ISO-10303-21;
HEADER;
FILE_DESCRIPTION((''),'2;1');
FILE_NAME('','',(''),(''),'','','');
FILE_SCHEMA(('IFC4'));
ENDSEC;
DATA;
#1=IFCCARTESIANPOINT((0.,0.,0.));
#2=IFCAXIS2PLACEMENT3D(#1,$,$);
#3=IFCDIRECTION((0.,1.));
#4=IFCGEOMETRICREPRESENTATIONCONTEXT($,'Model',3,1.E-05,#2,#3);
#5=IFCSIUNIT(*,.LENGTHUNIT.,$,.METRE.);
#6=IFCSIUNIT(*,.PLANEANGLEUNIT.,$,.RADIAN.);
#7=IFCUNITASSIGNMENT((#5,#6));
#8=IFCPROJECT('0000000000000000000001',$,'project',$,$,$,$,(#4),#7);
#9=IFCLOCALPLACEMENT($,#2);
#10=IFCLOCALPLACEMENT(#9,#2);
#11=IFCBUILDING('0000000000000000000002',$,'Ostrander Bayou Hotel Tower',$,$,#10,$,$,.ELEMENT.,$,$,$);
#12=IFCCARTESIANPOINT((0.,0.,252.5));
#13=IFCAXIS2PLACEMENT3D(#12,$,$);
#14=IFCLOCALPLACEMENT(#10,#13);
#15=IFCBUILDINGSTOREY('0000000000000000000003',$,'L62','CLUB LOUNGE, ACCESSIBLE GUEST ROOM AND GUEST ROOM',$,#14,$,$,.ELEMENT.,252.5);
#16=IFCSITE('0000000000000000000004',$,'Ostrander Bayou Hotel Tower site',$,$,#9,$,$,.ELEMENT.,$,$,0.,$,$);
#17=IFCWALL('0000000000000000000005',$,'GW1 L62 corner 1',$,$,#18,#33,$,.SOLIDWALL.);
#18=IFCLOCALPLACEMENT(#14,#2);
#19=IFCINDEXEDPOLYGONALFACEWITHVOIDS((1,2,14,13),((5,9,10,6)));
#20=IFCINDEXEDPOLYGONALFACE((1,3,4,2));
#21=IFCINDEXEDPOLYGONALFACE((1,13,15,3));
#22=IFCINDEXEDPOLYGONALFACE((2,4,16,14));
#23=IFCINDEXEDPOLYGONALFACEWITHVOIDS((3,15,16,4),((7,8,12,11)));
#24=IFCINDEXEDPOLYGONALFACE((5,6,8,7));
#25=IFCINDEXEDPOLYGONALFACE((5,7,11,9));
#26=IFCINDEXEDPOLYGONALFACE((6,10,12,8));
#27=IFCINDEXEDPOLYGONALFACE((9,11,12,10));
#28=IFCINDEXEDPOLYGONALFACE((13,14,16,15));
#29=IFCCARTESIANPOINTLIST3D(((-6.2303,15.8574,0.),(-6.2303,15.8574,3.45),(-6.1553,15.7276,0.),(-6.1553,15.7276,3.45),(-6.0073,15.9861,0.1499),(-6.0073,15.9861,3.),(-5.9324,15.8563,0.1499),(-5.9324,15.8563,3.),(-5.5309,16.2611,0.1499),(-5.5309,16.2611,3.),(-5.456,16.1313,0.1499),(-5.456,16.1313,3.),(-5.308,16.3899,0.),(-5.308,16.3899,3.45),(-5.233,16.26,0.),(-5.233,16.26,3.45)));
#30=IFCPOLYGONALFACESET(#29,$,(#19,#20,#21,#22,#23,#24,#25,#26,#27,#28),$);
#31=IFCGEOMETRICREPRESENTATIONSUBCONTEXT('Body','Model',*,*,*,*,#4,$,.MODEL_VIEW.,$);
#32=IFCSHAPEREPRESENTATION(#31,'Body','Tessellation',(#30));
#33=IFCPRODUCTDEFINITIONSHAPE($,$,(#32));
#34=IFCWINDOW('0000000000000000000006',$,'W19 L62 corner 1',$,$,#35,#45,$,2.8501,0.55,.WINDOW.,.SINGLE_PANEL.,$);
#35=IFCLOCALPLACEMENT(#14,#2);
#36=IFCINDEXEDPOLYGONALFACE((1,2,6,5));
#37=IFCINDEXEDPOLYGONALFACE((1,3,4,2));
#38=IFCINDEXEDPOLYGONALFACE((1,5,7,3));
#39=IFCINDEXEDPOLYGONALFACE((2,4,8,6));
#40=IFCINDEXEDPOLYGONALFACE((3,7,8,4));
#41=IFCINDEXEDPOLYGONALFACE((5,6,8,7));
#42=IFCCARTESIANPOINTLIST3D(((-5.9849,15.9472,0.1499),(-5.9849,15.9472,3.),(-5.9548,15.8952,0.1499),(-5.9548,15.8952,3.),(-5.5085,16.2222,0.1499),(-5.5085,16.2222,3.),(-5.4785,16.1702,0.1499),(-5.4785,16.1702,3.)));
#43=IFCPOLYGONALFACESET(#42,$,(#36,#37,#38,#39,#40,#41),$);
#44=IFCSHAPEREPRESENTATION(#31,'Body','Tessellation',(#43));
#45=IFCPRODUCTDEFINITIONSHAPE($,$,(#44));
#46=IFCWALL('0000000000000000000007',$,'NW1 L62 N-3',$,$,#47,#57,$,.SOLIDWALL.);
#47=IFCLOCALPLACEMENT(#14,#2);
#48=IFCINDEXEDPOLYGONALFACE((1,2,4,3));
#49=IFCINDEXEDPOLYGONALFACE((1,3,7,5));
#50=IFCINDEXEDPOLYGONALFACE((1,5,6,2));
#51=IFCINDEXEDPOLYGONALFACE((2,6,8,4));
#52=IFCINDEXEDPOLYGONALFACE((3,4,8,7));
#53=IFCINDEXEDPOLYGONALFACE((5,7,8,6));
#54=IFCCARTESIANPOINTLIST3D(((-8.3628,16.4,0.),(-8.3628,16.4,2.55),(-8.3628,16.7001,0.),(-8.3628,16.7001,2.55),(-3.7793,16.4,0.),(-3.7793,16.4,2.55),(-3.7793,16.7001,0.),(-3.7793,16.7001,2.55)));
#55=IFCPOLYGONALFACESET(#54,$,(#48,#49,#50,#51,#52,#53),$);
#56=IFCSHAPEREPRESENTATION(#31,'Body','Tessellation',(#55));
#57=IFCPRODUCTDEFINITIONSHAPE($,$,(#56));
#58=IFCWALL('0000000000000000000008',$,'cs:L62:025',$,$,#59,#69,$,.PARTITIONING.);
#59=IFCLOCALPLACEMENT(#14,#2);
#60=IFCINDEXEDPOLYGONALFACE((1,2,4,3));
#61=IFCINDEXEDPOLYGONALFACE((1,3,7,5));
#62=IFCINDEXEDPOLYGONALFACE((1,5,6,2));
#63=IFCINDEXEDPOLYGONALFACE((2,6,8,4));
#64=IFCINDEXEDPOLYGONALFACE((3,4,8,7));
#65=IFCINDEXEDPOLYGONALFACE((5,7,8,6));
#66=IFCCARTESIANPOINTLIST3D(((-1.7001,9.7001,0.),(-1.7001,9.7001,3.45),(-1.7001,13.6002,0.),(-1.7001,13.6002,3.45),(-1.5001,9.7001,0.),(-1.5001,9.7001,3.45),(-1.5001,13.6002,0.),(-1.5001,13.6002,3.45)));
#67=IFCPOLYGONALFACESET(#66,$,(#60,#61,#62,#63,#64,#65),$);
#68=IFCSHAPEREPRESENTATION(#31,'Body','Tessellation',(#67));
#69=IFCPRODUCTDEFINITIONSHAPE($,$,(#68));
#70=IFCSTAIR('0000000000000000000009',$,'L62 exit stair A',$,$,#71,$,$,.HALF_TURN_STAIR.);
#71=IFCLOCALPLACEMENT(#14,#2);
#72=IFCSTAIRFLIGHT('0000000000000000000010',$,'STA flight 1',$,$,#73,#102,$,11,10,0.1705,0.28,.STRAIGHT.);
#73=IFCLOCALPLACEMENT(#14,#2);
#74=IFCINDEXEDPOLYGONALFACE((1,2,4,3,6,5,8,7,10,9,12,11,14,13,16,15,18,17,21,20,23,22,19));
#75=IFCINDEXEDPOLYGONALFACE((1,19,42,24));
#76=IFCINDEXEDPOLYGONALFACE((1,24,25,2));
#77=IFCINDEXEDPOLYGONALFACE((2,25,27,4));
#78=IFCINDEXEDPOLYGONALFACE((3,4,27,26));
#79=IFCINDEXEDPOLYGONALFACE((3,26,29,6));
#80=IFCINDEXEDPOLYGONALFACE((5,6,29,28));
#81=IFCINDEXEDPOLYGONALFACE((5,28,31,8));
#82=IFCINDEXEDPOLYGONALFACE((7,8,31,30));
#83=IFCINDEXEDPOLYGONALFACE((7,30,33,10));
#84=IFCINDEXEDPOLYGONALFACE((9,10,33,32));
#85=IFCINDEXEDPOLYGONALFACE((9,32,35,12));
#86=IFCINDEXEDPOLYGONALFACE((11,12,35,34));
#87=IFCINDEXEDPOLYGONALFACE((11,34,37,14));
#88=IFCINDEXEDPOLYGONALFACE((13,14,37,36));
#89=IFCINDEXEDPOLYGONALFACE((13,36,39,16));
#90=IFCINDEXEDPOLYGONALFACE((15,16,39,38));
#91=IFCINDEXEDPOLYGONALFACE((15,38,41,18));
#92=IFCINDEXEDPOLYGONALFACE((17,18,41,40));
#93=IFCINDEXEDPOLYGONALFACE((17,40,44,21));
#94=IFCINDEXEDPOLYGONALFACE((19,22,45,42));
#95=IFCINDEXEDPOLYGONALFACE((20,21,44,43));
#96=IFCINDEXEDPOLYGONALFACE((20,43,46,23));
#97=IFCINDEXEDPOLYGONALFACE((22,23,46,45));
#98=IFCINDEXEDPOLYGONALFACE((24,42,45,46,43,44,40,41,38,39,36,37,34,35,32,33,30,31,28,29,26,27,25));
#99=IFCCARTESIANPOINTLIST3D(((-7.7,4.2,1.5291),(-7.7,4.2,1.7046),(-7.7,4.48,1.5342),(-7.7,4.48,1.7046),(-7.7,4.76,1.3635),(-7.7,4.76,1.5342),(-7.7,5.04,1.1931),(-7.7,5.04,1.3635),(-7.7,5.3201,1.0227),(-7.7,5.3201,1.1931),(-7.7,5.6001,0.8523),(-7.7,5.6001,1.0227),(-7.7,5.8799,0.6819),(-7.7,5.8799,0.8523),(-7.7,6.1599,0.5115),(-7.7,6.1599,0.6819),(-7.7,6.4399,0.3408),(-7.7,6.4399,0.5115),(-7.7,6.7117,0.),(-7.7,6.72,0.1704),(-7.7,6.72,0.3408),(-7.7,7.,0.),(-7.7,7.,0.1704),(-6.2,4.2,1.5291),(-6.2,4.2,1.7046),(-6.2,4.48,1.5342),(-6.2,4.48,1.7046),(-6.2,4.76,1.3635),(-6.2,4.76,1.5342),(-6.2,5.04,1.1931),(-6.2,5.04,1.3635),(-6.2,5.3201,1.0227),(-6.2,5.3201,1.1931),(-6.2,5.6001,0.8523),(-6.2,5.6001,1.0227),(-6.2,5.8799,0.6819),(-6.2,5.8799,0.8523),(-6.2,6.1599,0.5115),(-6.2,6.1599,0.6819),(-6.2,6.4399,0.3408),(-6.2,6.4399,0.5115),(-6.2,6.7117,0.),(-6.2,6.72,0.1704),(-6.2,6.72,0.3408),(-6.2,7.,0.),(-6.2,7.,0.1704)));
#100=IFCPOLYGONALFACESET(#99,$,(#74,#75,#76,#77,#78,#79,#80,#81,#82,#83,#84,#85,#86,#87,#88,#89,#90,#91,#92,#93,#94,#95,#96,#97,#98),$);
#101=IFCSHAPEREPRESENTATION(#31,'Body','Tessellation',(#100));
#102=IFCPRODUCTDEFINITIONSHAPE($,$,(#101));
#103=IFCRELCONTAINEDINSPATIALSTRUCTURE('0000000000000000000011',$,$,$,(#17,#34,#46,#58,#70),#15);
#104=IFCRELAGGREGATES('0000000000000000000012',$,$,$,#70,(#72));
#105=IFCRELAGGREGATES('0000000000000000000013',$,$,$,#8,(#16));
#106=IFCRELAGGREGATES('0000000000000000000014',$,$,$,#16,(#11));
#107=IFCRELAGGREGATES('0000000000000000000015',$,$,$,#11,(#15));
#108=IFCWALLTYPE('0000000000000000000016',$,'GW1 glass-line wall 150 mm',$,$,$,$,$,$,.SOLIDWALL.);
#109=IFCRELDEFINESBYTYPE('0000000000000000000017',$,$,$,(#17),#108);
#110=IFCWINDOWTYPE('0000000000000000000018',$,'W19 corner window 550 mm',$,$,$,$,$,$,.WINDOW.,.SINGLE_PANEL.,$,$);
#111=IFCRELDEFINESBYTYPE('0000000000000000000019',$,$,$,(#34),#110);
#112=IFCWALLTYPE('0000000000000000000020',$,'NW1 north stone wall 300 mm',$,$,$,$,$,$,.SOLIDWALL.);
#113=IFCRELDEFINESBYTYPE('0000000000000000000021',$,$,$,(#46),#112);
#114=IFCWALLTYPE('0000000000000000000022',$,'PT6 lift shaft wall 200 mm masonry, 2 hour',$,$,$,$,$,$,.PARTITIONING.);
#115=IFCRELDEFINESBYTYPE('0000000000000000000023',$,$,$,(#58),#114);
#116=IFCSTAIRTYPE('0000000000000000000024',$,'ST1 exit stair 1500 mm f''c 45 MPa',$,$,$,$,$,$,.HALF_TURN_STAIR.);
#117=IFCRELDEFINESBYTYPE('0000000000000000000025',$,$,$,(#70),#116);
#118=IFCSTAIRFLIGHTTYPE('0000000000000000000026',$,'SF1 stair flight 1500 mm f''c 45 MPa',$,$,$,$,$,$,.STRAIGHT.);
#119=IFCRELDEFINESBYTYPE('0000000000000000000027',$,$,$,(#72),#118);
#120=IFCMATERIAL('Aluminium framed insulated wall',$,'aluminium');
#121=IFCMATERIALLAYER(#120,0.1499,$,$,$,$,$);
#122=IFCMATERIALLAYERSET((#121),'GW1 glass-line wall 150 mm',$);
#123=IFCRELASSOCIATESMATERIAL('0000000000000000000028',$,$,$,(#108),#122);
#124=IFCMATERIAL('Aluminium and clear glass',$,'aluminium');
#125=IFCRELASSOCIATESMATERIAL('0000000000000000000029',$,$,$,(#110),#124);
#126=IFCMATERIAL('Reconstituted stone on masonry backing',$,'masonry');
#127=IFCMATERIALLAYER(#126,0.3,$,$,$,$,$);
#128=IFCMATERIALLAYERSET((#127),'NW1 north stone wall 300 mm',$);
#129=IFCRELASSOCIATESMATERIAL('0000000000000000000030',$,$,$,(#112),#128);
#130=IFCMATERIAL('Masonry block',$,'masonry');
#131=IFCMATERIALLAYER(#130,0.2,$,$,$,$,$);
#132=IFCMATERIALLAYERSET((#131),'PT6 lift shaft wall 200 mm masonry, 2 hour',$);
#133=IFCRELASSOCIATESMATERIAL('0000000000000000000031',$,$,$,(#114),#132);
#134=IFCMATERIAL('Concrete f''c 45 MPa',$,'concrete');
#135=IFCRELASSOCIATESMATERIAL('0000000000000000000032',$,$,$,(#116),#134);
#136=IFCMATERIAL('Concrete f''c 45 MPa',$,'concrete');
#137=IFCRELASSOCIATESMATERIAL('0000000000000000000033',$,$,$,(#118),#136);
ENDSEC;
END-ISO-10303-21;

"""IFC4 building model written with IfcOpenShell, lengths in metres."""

from ifc_helpers import new_model, si_unit, direction, frame, frame_2d, origin, place, context, subcontext, project, spatial, polyline, rectangle, outline, extrude, material, layer, layer_set, type_object, element, fill, aggregate, save


model = new_model("IFC4")

# Units and contexts
model_context = context("Model", 3, precision=1e-05, world=origin(), true_north=direction((0.0, 1.0)))
body_context = subcontext(model_context, "Body", "Model", "MODEL_VIEW")
ifc_project = project(units=[si_unit("LENGTHUNIT", "METRE"), si_unit("PLANEANGLEUNIT", "RADIAN")], contexts=[model_context])

# Site, building, storey
site_placement = place(None, origin())
site = spatial("IfcSite", under=ifc_project, at=site_placement, Name="Ostrander Bayou Hotel Tower site", CompositionType="ELEMENT", RefElevation=0.0)
building_placement = place(site_placement, origin())
building = spatial("IfcBuilding", under=site, at=building_placement, Name="Ostrander Bayou Hotel Tower", CompositionType="ELEMENT")
storey_placement = place(building_placement, frame((0.0, 0.0, 252.5)))
storey = spatial("IfcBuildingStorey", under=building, at=storey_placement, Name="L62", Description="CLUB LOUNGE, ACCESSIBLE GUEST ROOM AND GUEST ROOM", CompositionType="ELEMENT", Elevation=252.5)

# Shared definitions
ifc_material_1 = material(Name="Aluminium framed insulated wall", Category="aluminium")
ifc_layer_1 = layer(ifc_material_1, 0.1499)
ifc_layer_set_1 = layer_set([ifc_layer_1], Name="GW1 glass-line wall 150 mm")
wall_type_1 = type_object("IfcWallType", Name="GW1 glass-line wall 150 mm", PredefinedType="SOLIDWALL", material=ifc_layer_set_1)

# Wall, opening, window
wall_1_placement = place(storey_placement, frame((-5.2705, 16.325, 0.0), z_axis=(0.0, 0.0, 1.0), x_axis=(-0.866048, -0.499961, 0.0)))
wall_1 = element("IfcWall", 1, at=wall_1_placement, inside=storey, type_object=wall_type_1, Name="GW1 L62 corner 1", PredefinedType="SOLIDWALL", context=body_context, shape_type="SweptSolid", body=[
    extrude(rectangle(XDim=1.0649, YDim=0.1499, at=frame_2d((0.5325, 0.0))), origin(), (0.0, 0.0, 1.0), 3.45),
])
opening_1_placement = place(wall_1_placement, frame((0.2576, 0.0, 0.1499)))
opening_1 = element("IfcOpeningElement", 2, at=opening_1_placement, cuts=wall_1, PredefinedType="OPENING", context=body_context, shape_type="SweptSolid", body=[
    extrude(rectangle(XDim=0.55, YDim=2.8501, at=frame_2d((0.2749, 1.425))), frame((0.0, 0.075, 0.0), z_axis=(0.0, -1.0, 0.0), x_axis=(1.0, 0.0, 0.0)), (0.0, 0.0, 1.0), 0.1499),
])
ifc_material_2 = material(Name="Aluminium and clear glass", Category="aluminium")
window_type_1 = type_object("IfcWindowType", Name="W19 corner window 550 mm", PartitioningType="SINGLE_PANEL", PredefinedType="WINDOW", material=ifc_material_2)
window_1_placement = place(opening_1_placement, origin())
window_1 = element("IfcWindow", 3, at=window_1_placement, inside=storey, type_object=window_type_1, Name="W19 L62 corner 1", OverallHeight=2.8501, OverallWidth=0.55, PartitioningType="SINGLE_PANEL", PredefinedType="WINDOW", context=body_context, shape_type="SweptSolid", body=[
    extrude(rectangle(XDim=0.55, YDim=2.8501, at=frame_2d((0.2749, 1.425))), frame((0.0, 0.03, 0.0), z_axis=(0.0, -1.0, 0.0), x_axis=(1.0, 0.0, 0.0)), (0.0, 0.0, 1.0), 0.0601),
])
fill(opening_1, window_1)

# Wall
ifc_material_3 = material(Name="Reconstituted stone on masonry backing", Category="masonry")
ifc_layer_2 = layer(ifc_material_3, 0.3)
ifc_layer_set_2 = layer_set([ifc_layer_2], Name="NW1 north stone wall 300 mm")
wall_type_2 = type_object("IfcWallType", Name="NW1 north stone wall 300 mm", PredefinedType="SOLIDWALL", material=ifc_layer_set_2)
wall_2_placement = place(storey_placement, frame((-3.7793, 16.55, 0.0), z_axis=(0.0, 0.0, 1.0), x_axis=(-1.0, 0.0, 0.0)))
element("IfcWall", 4, at=wall_2_placement, inside=storey, type_object=wall_type_2, Name="NW1 L62 N-3", PredefinedType="SOLIDWALL", context=body_context, shape_type="SweptSolid", body=[
    extrude(rectangle(XDim=4.5835, YDim=0.3, at=frame_2d((2.2917, 0.0))), origin(), (0.0, 0.0, 1.0), 2.55),
])

# Wall
ifc_material_4 = material(Name="Masonry block", Category="masonry")
ifc_layer_3 = layer(ifc_material_4, 0.2)
ifc_layer_set_3 = layer_set([ifc_layer_3], Name="PT6 lift shaft wall 200 mm masonry, 2 hour")
wall_type_3 = type_object("IfcWallType", Name="PT6 lift shaft wall 200 mm masonry, 2 hour", PredefinedType="PARTITIONING", material=ifc_layer_set_3)
wall_3_placement = place(storey_placement, frame((-1.6001, 9.7, 0.0), z_axis=(0.0, 0.0, 1.0), x_axis=(0.0, 1.0, 0.0)))
element("IfcWall", 5, at=wall_3_placement, inside=storey, type_object=wall_type_3, Name="cs:L62:025", PredefinedType="PARTITIONING", context=body_context, shape_type="SweptSolid", body=[
    extrude(rectangle(XDim=3.9001, YDim=0.2, at=frame_2d((1.9502, 0.0))), origin(), (0.0, 0.0, 1.0), 3.45),
])

# Stair, stair flight
ifc_material_5 = material(Name="Concrete f'c 45 MPa", Category="concrete")
stair_type = type_object("IfcStairType", Name="ST1 exit stair 1500 mm f'c 45 MPa", PredefinedType="HALF_TURN_STAIR", material=ifc_material_5)
stair_placement = place(storey_placement, origin())
stair = element("IfcStair", 6, at=stair_placement, inside=storey, type_object=stair_type, Name="L62 exit stair A", PredefinedType="HALF_TURN_STAIR")
ifc_material_6 = material(Name="Concrete f'c 45 MPa", Category="concrete")
stair_flight_type = type_object("IfcStairFlightType", Name="SF1 stair flight 1500 mm f'c 45 MPa", PredefinedType="STRAIGHT", material=ifc_material_6)
stair_flight_placement = place(storey_placement, frame((-6.95, 7.0, 0.0), z_axis=(0.0, 0.0, 1.0), x_axis=(0.0, -1.0, 0.0)))
stair_flight = element("IfcStairFlight", 7, at=stair_flight_placement, type_object=stair_flight_type, Name="STA flight 1", NumberOfRisers=11, NumberOfTreads=10, PredefinedType="STRAIGHT", RiserHeight=0.1705, TreadLength=0.28, context=body_context, shape_type="SweptSolid", body=[
    extrude(outline(polyline([(0.0, 0.0), (0.0, 0.1704), (0.28, 0.1704), (0.28, 0.3408), (0.5601, 0.3408), (0.5601, 0.5115), (0.8401, 0.5115), (0.8401, 0.6819), (1.1201, 0.6819), (1.1201, 0.8523), (1.3999, 0.8523), (1.3999, 1.0227), (1.6799, 1.0227), (1.6799, 1.1931), (1.96, 1.1931), (1.96, 1.3635), (2.24, 1.3635), (2.24, 1.5342), (2.52, 1.5342), (2.52, 1.7046), (2.8, 1.7046), (2.8, 1.875), (2.8, 1.5291), (0.2883, 0.0), (0.0, 0.0)])), frame((0.0, 0.75, 0.0), z_axis=(0.0, -1.0, 0.0), x_axis=(1.0, 0.0, 0.0)), (0.0, 0.0, 1.0), 1.5),
])
aggregate(stair, [stair_flight])

save(model, "model.ifc")
